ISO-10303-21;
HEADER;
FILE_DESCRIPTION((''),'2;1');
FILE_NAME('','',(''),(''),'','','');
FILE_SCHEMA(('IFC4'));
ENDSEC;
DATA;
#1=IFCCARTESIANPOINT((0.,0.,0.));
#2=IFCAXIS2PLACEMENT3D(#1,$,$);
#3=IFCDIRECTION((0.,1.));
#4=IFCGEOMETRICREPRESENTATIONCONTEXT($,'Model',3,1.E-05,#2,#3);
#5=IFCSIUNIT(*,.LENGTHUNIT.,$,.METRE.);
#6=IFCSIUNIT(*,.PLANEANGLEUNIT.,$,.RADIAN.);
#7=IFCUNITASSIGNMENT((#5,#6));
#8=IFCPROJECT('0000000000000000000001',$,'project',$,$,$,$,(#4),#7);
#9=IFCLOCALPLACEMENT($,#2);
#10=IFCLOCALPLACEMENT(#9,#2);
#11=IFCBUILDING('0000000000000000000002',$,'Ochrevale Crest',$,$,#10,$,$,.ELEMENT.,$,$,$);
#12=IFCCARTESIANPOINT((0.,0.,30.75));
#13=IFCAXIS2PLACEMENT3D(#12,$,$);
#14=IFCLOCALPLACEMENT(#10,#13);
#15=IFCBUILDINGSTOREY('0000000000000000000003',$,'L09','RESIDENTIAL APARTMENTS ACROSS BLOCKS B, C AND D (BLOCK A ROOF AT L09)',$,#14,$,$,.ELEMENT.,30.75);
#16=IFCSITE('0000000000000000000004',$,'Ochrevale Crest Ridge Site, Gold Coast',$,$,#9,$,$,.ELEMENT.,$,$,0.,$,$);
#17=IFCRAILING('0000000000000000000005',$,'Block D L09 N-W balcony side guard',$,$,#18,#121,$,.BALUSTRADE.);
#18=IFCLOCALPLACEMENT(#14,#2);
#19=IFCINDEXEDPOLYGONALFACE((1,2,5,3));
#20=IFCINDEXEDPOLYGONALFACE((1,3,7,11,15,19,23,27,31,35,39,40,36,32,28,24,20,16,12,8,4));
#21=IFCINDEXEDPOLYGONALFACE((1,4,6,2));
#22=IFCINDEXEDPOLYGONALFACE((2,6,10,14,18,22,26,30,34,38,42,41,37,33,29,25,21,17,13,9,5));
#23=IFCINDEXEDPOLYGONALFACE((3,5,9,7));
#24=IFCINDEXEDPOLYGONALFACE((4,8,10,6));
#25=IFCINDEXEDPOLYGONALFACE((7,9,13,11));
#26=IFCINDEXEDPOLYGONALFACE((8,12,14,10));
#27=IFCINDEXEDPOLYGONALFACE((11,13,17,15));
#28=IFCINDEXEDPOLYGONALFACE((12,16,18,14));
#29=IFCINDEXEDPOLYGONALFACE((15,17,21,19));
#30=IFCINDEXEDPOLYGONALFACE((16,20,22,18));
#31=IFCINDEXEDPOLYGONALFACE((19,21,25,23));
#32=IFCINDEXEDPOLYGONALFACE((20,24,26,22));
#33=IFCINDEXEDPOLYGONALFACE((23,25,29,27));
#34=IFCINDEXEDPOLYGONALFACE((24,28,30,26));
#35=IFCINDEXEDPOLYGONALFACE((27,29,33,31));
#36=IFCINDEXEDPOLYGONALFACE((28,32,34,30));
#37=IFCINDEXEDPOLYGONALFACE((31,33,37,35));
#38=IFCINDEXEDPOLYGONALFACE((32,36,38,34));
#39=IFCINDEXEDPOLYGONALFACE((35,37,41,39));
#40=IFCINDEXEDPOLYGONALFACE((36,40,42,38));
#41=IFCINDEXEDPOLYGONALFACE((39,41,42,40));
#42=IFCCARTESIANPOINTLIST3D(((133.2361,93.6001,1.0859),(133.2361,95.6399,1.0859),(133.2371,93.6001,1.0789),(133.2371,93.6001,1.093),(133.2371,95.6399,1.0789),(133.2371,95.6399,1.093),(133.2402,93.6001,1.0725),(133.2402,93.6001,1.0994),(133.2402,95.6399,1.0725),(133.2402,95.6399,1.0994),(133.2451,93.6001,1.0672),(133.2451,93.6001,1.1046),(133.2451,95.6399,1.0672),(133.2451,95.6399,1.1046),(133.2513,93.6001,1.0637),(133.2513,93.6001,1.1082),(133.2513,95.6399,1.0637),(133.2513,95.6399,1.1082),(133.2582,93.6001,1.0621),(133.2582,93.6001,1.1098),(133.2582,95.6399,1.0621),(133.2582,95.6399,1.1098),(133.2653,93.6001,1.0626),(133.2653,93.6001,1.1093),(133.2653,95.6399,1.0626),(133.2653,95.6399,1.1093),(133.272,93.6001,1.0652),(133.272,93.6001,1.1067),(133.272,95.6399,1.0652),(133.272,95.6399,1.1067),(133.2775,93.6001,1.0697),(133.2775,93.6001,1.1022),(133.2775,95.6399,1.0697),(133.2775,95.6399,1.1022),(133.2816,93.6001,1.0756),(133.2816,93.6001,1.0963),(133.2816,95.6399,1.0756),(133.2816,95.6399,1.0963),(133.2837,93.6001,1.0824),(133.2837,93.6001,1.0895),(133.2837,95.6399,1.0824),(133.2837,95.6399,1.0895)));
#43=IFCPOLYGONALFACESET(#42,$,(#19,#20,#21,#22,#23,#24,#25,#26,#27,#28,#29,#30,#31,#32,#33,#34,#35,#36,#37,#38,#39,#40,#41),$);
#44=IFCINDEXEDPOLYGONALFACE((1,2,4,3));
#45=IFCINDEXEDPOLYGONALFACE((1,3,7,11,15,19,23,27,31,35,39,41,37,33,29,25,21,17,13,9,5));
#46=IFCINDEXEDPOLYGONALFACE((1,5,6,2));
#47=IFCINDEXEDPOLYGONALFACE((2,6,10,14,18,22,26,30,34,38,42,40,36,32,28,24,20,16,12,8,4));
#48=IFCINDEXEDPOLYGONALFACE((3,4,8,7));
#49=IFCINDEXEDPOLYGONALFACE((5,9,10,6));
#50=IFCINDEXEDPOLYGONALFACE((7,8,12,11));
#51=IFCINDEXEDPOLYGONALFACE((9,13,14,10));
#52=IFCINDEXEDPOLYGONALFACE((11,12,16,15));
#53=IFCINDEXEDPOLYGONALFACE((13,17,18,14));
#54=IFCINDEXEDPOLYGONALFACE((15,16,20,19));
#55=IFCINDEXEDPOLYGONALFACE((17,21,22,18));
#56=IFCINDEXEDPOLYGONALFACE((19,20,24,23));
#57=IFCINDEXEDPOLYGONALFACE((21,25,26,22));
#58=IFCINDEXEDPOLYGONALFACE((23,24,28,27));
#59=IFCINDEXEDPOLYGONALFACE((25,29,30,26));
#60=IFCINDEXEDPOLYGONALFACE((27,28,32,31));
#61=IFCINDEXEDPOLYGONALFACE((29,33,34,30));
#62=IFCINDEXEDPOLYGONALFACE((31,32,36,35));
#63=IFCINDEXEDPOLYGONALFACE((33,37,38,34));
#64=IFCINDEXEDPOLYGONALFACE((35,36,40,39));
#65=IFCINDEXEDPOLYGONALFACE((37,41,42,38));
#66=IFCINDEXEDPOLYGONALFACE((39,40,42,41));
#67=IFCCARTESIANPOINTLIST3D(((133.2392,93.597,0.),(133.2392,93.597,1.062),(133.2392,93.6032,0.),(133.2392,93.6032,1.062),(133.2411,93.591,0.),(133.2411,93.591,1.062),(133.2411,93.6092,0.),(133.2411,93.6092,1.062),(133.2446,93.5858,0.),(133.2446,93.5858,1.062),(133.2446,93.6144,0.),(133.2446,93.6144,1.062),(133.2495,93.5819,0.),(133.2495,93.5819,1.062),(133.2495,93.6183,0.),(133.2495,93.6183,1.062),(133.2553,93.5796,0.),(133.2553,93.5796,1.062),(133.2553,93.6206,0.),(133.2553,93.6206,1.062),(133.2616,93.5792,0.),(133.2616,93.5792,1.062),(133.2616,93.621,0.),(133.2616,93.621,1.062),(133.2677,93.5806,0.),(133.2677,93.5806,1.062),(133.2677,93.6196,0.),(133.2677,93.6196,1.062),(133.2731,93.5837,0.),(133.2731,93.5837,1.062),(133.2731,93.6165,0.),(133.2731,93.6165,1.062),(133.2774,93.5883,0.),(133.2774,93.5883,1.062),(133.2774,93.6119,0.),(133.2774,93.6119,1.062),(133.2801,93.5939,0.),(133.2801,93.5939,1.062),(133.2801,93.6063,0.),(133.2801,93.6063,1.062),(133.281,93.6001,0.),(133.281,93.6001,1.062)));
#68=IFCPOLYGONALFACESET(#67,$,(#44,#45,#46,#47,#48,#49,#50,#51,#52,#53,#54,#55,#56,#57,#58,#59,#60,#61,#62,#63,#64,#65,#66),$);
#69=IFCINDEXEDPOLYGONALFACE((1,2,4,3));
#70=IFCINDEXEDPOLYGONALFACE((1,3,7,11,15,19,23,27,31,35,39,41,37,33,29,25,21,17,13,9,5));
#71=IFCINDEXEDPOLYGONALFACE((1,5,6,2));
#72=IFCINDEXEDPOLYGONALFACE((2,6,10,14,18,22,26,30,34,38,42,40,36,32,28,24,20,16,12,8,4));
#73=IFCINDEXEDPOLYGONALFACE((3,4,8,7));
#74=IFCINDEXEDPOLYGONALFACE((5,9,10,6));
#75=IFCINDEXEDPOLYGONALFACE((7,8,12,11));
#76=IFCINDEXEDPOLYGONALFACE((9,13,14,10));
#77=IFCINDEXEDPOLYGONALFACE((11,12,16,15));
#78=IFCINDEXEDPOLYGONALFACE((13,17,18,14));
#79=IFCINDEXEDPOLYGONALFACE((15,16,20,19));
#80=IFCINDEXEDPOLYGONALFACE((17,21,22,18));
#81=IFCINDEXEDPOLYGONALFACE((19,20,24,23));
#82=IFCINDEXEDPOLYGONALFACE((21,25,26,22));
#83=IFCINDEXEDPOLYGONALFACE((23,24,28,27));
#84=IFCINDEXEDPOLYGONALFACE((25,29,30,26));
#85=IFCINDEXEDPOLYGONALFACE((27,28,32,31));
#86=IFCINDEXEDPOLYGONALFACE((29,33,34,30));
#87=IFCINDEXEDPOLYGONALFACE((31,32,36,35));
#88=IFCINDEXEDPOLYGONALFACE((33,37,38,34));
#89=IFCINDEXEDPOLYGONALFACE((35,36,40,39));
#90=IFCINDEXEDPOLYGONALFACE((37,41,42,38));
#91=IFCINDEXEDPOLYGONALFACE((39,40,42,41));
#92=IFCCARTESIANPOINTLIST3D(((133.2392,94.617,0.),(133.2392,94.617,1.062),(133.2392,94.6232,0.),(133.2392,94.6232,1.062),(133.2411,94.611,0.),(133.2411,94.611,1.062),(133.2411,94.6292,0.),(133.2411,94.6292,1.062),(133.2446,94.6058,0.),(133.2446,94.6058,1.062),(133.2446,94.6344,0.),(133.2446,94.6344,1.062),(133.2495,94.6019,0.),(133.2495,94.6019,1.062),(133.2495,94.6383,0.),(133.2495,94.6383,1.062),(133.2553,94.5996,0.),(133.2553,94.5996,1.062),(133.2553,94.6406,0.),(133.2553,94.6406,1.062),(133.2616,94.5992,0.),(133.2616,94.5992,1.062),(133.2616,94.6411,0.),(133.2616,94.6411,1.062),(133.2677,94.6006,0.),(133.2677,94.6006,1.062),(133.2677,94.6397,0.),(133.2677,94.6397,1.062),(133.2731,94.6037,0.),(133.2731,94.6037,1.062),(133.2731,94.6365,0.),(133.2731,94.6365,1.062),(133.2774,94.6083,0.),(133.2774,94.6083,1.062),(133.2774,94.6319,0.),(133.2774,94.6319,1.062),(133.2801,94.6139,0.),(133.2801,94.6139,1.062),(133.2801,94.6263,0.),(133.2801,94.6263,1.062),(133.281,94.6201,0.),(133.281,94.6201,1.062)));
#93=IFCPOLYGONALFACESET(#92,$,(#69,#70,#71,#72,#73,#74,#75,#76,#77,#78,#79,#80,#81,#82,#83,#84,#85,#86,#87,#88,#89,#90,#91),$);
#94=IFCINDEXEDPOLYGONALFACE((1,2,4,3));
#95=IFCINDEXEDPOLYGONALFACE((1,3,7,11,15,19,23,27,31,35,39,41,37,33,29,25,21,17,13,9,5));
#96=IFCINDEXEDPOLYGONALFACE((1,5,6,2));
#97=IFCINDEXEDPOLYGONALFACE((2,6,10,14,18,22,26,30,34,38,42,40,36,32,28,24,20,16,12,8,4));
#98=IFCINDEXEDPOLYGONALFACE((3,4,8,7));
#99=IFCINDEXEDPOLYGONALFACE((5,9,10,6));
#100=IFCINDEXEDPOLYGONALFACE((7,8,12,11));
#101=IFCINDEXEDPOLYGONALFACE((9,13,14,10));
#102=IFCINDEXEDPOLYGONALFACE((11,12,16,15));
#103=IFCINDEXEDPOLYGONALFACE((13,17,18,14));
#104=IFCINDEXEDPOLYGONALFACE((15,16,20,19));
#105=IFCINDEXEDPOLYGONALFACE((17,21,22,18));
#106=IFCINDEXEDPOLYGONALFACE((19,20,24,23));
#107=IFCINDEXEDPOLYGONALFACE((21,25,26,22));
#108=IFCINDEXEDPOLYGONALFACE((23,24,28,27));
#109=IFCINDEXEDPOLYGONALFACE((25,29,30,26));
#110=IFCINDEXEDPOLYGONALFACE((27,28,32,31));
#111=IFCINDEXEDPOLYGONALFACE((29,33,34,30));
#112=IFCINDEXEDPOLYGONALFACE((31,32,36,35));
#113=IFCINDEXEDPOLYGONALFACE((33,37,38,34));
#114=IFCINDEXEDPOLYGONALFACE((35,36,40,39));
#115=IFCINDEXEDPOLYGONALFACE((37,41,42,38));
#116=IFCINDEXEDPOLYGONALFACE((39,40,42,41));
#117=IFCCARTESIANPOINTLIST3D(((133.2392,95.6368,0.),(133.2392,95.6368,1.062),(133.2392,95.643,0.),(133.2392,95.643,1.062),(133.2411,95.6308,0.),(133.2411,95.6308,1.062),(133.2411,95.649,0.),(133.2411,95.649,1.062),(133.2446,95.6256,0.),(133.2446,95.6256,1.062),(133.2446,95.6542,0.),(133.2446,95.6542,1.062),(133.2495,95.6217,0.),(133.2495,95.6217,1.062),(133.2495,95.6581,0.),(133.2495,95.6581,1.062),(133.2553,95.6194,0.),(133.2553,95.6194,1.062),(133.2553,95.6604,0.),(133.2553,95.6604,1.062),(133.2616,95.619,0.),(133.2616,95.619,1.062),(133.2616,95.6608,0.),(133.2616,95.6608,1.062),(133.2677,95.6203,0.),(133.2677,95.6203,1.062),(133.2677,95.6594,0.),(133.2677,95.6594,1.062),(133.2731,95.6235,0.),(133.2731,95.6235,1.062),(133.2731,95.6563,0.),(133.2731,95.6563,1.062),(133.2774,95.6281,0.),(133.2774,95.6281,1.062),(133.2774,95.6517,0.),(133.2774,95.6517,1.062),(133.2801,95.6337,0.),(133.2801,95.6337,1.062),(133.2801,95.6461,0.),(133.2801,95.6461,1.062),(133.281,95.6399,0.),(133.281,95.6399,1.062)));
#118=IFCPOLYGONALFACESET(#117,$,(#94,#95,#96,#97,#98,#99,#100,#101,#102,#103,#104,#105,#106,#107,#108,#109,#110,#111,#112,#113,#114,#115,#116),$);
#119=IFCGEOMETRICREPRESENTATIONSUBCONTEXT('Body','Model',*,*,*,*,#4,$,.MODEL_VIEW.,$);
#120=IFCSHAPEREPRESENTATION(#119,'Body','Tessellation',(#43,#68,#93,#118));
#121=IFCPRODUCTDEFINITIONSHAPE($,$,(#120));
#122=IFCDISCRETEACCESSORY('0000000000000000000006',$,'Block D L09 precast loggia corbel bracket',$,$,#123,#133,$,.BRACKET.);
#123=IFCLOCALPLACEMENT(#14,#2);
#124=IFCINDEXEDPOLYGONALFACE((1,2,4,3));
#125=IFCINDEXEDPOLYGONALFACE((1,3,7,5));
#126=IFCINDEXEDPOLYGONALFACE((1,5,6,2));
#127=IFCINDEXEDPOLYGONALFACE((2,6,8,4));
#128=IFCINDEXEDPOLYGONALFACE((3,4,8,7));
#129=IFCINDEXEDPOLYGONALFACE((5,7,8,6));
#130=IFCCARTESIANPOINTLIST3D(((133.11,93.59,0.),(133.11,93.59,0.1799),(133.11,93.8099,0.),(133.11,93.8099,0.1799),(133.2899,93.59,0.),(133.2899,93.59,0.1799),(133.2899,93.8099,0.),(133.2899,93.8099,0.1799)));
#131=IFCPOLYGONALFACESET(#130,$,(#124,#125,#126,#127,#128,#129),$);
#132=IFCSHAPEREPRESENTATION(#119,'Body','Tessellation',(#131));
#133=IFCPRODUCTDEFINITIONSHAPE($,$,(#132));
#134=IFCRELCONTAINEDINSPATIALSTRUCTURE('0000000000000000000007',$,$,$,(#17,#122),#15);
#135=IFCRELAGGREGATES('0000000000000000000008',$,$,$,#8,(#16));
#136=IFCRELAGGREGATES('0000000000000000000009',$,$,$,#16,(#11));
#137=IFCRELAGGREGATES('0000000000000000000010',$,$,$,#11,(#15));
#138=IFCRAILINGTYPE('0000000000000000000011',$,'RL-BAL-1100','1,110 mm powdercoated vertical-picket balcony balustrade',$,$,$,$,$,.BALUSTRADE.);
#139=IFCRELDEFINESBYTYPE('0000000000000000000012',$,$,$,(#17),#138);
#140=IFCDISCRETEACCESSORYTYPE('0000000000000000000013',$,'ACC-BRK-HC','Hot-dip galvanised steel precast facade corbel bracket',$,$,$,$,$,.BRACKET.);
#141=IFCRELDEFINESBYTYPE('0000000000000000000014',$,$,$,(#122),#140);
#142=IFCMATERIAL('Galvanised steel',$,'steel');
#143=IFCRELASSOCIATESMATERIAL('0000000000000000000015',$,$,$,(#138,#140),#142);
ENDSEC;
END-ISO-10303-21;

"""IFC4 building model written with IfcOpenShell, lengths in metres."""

from ifc_helpers import new_model, si_unit, direction, frame, origin, origin_2d, place, context, subcontext, project, spatial, rectangle, circle, extrude, material, type_object, element, save


model = new_model("IFC4")

# Units and contexts
model_context = context("Model", 3, precision=1e-05, world=origin(), true_north=direction((0.0, 1.0)))
body_context = subcontext(model_context, "Body", "Model", "MODEL_VIEW")
ifc_project = project(units=[si_unit("LENGTHUNIT", "METRE"), si_unit("PLANEANGLEUNIT", "RADIAN")], contexts=[model_context])

# Site, building, storey
site_placement = place(None, origin())
site = spatial("IfcSite", under=ifc_project, at=site_placement, Name="Ochrevale Crest Ridge Site, Gold Coast", CompositionType="ELEMENT", RefElevation=0.0)
building_placement = place(site_placement, origin())
building = spatial("IfcBuilding", under=site, at=building_placement, Name="Ochrevale Crest", CompositionType="ELEMENT")
storey_placement = place(building_placement, frame((0.0, 0.0, 30.75)))
storey = spatial("IfcBuildingStorey", under=building, at=storey_placement, Name="L09", Description="RESIDENTIAL APARTMENTS ACROSS BLOCKS B, C AND D (BLOCK A ROOF AT L09)", CompositionType="ELEMENT", Elevation=30.75)

# Railing
ifc_material_1 = material(Name="Galvanised steel", Category="steel")
railing_type = type_object("IfcRailingType", Name="RL-BAL-1100", Description="1,110 mm powdercoated vertical-picket balcony balustrade", PredefinedType="BALUSTRADE", material=ifc_material_1)
railing_1_placement = place(storey_placement, frame((133.26, 93.6001, 0.0)))
element("IfcRailing", 1, at=railing_1_placement, inside=storey, type_object=railing_type, Name="Block D L09 N-W balcony side guard", PredefinedType="BALUSTRADE", context=body_context, shape_type="SweptSolid", body=[
    extrude(circle(Radius=0.0239, at=origin_2d()), frame((0.0, 0.0, 1.0859), z_axis=(0.0, 1.0, 0.0), x_axis=(-1.0, 0.0, 0.0)), (0.0, 0.0, 1.0), 2.0398),
    extrude(circle(Radius=0.021, at=origin_2d()), origin(), (0.0, 0.0, 1.0), 1.062),
    extrude(circle(Radius=0.021, at=origin_2d()), frame((0.0, 1.02, 0.0)), (0.0, 0.0, 1.0), 1.062),
    extrude(circle(Radius=0.021, at=origin_2d()), frame((0.0, 2.0398, 0.0)), (0.0, 0.0, 1.0), 1.062),
])

# Discrete accessory
discrete_accessory_type = type_object("IfcDiscreteAccessoryType", Name="ACC-BRK-HC", Description="Hot-dip galvanised steel precast facade corbel bracket", PredefinedType="BRACKET", material=ifc_material_1)
discrete_accessory_placement = place(storey_placement, frame((133.2, 93.7, 0.0), z_axis=(0.0, 0.0, 1.0), x_axis=(1.0, 0.0, 0.0)))
element("IfcDiscreteAccessory", 2, at=discrete_accessory_placement, inside=storey, type_object=discrete_accessory_type, Name="Block D L09 precast loggia corbel bracket", PredefinedType="BRACKET", context=body_context, shape_type="SweptSolid", body=[
    extrude(rectangle(XDim=0.1799, YDim=0.22, at=origin_2d()), origin(), (0.0, 0.0, 1.0), 0.1799),
])

save(model, "model.ifc")
